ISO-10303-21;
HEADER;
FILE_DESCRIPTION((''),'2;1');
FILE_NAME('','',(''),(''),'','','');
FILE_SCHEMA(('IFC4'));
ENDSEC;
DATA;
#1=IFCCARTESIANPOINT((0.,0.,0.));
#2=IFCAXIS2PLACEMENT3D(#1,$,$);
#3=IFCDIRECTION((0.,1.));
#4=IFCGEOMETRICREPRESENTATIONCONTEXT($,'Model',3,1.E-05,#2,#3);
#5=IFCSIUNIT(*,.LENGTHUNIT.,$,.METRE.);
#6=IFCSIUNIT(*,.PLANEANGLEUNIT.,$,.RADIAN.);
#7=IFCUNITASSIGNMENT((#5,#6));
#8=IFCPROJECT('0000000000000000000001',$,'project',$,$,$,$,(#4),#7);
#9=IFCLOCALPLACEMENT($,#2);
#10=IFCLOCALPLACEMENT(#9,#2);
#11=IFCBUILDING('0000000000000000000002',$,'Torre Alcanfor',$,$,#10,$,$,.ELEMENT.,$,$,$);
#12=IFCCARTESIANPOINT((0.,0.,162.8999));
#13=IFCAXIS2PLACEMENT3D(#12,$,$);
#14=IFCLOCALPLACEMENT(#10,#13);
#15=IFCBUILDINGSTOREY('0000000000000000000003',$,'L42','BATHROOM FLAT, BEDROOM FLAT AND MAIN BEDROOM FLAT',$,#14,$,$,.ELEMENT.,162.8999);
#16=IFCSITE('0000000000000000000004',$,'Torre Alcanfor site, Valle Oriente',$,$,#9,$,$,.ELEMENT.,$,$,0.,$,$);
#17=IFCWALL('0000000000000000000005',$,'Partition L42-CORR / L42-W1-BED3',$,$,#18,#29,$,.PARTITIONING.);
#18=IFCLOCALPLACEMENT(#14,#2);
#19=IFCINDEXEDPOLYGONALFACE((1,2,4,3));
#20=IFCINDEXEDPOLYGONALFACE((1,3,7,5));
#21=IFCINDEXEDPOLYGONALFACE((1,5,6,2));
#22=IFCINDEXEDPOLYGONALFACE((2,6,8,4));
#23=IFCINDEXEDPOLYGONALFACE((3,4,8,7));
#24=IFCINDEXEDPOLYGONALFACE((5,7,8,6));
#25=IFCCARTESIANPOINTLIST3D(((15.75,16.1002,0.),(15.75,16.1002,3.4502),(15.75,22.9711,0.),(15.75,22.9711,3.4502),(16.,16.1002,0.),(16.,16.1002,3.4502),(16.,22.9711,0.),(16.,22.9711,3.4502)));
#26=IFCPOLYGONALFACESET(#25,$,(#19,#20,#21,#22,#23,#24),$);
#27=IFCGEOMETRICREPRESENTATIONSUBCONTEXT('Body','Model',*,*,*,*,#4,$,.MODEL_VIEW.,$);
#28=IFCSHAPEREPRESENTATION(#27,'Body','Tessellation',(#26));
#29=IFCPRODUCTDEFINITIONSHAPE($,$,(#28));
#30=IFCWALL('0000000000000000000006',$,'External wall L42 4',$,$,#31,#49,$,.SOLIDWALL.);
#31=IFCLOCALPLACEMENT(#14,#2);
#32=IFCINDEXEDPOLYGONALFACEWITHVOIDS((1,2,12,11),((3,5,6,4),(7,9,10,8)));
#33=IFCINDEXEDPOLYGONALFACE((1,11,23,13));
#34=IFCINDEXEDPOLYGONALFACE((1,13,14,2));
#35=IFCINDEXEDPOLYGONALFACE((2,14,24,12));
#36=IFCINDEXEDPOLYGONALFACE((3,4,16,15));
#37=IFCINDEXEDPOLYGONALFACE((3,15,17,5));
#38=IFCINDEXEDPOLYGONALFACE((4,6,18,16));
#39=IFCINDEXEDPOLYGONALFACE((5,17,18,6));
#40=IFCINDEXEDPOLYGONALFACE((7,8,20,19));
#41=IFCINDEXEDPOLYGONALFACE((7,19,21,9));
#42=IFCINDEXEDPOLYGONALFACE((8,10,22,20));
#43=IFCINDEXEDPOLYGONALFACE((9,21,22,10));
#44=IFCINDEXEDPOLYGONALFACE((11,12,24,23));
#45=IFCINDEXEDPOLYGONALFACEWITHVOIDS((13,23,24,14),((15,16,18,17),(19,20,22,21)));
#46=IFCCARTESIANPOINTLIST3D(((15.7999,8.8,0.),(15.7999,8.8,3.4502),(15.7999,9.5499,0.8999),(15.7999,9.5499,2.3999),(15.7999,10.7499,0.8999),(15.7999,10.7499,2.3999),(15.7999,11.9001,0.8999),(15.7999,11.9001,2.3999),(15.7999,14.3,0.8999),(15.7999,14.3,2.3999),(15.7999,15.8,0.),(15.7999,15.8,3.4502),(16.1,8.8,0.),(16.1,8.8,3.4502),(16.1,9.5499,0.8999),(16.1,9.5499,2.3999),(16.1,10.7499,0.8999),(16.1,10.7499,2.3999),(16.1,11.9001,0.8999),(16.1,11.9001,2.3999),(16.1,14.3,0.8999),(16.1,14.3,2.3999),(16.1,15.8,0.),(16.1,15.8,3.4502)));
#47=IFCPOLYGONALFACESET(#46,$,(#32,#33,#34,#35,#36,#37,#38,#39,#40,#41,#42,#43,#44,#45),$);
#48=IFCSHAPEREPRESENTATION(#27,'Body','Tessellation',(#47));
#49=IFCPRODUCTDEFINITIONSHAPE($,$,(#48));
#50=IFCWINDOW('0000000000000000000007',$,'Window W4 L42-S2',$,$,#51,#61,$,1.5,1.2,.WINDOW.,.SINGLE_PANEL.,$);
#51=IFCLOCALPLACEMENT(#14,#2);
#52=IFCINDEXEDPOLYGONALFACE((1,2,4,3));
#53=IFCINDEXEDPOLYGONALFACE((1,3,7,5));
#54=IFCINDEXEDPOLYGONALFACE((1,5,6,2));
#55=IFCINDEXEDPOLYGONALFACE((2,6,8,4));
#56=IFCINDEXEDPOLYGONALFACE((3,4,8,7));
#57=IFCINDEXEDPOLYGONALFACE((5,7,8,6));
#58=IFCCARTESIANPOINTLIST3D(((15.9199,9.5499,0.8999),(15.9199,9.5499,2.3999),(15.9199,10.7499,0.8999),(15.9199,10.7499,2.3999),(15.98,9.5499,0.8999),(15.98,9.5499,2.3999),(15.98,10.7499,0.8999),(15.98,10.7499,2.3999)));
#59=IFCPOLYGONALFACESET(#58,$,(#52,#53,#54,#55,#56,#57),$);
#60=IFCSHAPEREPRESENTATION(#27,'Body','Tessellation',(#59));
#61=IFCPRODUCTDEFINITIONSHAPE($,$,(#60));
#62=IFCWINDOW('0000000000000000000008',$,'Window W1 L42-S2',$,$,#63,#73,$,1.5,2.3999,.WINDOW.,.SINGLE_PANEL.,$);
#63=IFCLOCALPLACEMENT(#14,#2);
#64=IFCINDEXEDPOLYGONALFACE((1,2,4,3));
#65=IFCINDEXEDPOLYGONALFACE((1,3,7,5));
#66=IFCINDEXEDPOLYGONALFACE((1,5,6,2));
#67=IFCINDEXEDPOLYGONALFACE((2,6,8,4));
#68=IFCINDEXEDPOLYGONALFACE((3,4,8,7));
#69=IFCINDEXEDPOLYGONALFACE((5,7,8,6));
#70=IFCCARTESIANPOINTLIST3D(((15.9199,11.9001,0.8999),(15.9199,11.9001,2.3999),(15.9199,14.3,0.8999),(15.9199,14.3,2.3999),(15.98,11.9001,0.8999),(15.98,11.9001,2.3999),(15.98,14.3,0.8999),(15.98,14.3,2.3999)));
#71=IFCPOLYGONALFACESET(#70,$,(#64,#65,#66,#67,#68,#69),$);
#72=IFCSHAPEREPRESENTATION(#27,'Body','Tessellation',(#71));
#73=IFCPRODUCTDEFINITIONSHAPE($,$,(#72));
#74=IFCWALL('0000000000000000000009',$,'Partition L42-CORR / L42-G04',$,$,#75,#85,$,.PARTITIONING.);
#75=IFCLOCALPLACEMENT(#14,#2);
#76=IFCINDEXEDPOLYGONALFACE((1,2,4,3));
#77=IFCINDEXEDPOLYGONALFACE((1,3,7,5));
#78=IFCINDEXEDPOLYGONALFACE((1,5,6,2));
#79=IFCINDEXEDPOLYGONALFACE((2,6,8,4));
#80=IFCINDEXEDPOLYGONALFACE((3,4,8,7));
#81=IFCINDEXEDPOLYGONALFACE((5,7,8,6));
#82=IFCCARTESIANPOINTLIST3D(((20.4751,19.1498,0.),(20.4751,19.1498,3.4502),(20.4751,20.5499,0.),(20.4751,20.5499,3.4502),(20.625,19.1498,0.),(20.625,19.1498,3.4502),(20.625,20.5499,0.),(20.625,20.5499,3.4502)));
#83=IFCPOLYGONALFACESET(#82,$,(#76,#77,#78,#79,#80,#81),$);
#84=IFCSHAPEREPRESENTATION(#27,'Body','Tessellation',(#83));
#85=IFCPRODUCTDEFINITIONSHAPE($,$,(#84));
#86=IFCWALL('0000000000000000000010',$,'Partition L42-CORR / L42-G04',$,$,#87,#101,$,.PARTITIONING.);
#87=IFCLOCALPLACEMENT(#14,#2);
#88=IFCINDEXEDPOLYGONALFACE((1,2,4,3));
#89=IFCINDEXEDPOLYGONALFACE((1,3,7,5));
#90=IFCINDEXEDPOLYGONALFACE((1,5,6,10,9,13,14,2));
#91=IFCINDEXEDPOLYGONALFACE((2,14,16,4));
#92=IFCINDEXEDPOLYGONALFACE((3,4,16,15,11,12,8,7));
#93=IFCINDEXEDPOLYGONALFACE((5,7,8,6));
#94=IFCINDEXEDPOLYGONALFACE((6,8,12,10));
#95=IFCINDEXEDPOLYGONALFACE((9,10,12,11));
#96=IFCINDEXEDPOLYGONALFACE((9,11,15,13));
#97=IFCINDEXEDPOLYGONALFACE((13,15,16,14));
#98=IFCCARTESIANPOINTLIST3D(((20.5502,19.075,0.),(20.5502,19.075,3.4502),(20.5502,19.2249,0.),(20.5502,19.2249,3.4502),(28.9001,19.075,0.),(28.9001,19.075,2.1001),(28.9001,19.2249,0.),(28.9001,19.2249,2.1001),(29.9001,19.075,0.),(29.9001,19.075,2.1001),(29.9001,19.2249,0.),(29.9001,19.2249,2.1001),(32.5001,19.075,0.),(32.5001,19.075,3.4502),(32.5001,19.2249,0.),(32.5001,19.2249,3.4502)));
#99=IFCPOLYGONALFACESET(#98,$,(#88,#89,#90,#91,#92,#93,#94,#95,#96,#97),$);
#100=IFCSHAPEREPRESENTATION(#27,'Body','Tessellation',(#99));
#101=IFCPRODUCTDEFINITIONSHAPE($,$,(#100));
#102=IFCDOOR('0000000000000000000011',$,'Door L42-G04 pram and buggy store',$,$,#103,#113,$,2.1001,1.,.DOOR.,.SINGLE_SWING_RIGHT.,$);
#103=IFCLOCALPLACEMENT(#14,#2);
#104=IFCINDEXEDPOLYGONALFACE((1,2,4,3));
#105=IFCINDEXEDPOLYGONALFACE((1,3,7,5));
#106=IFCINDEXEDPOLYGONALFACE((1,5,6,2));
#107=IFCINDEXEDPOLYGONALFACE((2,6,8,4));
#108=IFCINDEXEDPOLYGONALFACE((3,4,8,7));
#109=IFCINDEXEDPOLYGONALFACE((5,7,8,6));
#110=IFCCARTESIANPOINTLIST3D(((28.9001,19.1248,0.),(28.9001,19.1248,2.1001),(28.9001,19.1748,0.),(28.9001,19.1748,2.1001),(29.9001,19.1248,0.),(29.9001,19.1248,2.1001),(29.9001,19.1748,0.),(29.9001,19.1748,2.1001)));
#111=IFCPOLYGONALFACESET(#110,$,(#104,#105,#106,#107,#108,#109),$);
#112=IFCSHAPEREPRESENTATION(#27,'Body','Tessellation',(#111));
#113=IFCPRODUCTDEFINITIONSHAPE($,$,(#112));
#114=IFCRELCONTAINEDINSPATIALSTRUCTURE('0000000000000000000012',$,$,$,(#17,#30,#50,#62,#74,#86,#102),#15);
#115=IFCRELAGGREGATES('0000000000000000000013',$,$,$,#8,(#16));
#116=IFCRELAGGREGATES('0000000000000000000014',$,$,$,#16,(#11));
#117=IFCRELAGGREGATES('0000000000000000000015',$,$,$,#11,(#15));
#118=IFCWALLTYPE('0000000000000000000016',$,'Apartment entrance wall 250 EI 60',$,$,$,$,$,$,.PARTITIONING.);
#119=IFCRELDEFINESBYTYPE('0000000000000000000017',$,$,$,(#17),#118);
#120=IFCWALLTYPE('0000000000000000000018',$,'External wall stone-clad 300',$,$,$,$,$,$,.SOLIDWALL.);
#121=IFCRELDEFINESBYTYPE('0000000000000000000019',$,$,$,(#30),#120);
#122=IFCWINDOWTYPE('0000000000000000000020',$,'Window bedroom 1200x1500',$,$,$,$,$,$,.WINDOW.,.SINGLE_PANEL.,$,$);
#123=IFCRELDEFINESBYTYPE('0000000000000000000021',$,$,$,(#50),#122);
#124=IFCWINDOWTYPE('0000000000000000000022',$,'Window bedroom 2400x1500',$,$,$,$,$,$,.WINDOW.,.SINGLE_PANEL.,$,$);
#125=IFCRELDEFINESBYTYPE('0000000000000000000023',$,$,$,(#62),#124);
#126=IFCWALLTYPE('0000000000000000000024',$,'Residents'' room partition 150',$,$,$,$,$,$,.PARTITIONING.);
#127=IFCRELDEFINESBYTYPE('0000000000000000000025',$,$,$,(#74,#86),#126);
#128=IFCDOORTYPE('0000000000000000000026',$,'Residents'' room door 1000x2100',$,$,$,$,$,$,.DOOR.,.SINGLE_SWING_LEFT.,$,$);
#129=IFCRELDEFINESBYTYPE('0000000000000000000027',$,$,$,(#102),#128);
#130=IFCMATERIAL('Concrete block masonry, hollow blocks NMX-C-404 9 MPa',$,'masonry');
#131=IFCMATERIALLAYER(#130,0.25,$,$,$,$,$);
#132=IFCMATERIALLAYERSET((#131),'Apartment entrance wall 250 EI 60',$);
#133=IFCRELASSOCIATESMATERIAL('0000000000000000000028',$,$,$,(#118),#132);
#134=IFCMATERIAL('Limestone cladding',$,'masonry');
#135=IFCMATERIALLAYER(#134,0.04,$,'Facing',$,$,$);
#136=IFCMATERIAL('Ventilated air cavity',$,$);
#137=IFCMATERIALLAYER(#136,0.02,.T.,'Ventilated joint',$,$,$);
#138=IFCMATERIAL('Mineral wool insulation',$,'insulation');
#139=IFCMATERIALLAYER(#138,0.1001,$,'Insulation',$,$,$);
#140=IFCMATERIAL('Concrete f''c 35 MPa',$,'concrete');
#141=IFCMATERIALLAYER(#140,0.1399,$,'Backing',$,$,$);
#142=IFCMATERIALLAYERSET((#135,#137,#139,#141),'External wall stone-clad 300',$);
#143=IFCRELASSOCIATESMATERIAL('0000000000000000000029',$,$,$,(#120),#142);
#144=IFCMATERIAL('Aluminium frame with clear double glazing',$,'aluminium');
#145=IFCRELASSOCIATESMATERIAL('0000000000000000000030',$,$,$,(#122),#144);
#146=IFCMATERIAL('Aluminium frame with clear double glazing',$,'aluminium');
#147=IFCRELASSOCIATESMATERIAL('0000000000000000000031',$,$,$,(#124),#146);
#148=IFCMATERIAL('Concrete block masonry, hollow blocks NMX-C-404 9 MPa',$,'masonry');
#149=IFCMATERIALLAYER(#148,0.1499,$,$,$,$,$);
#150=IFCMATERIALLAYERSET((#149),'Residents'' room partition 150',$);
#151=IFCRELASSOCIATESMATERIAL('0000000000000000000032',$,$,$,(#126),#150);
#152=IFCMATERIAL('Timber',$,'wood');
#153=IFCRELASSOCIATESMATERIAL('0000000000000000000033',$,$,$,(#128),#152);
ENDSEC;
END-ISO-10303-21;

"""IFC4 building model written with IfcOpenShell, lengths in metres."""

from ifc_helpers import new_model, si_unit, direction, frame, frame_2d, origin, place, context, subcontext, project, spatial, rectangle, extrude, material, layer, layer_set, type_object, element, fill, save


model = new_model("IFC4")

# Units and contexts
model_context = context("Model", 3, precision=1e-05, world=origin(), true_north=direction((0.0, 1.0)))
body_context = subcontext(model_context, "Body", "Model", "MODEL_VIEW")
ifc_project = project(units=[si_unit("LENGTHUNIT", "METRE"), si_unit("PLANEANGLEUNIT", "RADIAN")], contexts=[model_context])

# Site, building, storey
site_placement = place(None, origin())
site = spatial("IfcSite", under=ifc_project, at=site_placement, Name="Torre Alcanfor site, Valle Oriente", CompositionType="ELEMENT", RefElevation=0.0)
building_placement = place(site_placement, origin())
building = spatial("IfcBuilding", under=site, at=building_placement, Name="Torre Alcanfor", CompositionType="ELEMENT")
storey_placement = place(building_placement, frame((0.0, 0.0, 162.8999)))
storey = spatial("IfcBuildingStorey", under=building, at=storey_placement, Name="L42", Description="BATHROOM FLAT, BEDROOM FLAT AND MAIN BEDROOM FLAT", CompositionType="ELEMENT", Elevation=162.8999)

# Shared definitions
ifc_material_1 = material(Name="Concrete block masonry, hollow blocks NMX-C-404 9 MPa", Category="masonry")
ifc_layer_1 = layer(ifc_material_1, 0.25)
ifc_layer_set_1 = layer_set([ifc_layer_1], Name="Apartment entrance wall 250 EI 60")
wall_type_1 = type_object("IfcWallType", Name="Apartment entrance wall 250 EI 60", PredefinedType="PARTITIONING", material=ifc_layer_set_1)

# Wall
wall_1_placement = place(storey_placement, frame((15.875, 16.1001, 0.0), z_axis=(0.0, 0.0, 1.0), x_axis=(0.0, 1.0, 0.0)))
element("IfcWall", 1, at=wall_1_placement, inside=storey, type_object=wall_type_1, Name="Partition L42-CORR / L42-W1-BED3", PredefinedType="PARTITIONING", context=body_context, shape_type="SweptSolid", body=[
    extrude(rectangle(XDim=6.8708, YDim=0.25, at=frame_2d((3.4355, 0.0))), origin(), (0.0, 0.0, 1.0), 3.4502),
])

# Wall, openings, windows
ifc_material_2 = material(Name="Limestone cladding", Category="masonry")
ifc_layer_2 = layer(ifc_material_2, 0.04, Name="Facing")
ifc_material_3 = material(Name="Ventilated air cavity")
ifc_layer_3 = layer(ifc_material_3, 0.02, ventilated=True, Name="Ventilated joint")
ifc_material_4 = material(Name="Mineral wool insulation", Category="insulation")
ifc_layer_4 = layer(ifc_material_4, 0.1001, Name="Insulation")
ifc_material_5 = material(Name="Concrete f'c 35 MPa", Category="concrete")
ifc_layer_5 = layer(ifc_material_5, 0.1399, Name="Backing")
ifc_layer_set_2 = layer_set([ifc_layer_2, ifc_layer_3, ifc_layer_4, ifc_layer_5], Name="External wall stone-clad 300")
wall_type_2 = type_object("IfcWallType", Name="External wall stone-clad 300", PredefinedType="SOLIDWALL", material=ifc_layer_set_2)
wall_2_placement = place(storey_placement, frame((15.95, 15.8, 0.0), z_axis=(0.0, 0.0, 1.0), x_axis=(0.0, -1.0, 0.0)))
wall_2 = element("IfcWall", 2, at=wall_2_placement, inside=storey, type_object=wall_type_2, Name="External wall L42 4", PredefinedType="SOLIDWALL", context=body_context, shape_type="SweptSolid", body=[
    extrude(rectangle(XDim=7.0, YDim=0.3, at=frame_2d((3.5, 0.0))), origin(), (0.0, 0.0, 1.0), 3.4502),
])
opening_1_placement = place(wall_2_placement, frame((1.5, 0.0, 0.8999)))
opening_1 = element("IfcOpeningElement", 3, at=opening_1_placement, cuts=wall_2, PredefinedType="OPENING", context=body_context, shape_type="SweptSolid", body=[
    extrude(rectangle(XDim=2.3999, YDim=1.5, at=frame_2d((1.2, 0.75))), frame((0.0, 0.1599, 0.0), z_axis=(0.0, -1.0, 0.0), x_axis=(1.0, 0.0, 0.0)), (0.0, 0.0, 1.0), 0.3201),
])
opening_2_placement = place(wall_2_placement, frame((5.05, 0.0, 0.8999)))
opening_2 = element("IfcOpeningElement", 4, at=opening_2_placement, cuts=wall_2, PredefinedType="OPENING", context=body_context, shape_type="SweptSolid", body=[
    extrude(rectangle(XDim=1.2, YDim=1.5, at=frame_2d((0.6001, 0.75))), frame((0.0, 0.1599, 0.0), z_axis=(0.0, -1.0, 0.0), x_axis=(1.0, 0.0, 0.0)), (0.0, 0.0, 1.0), 0.3201),
])
ifc_material_6 = material(Name="Aluminium frame with clear double glazing", Category="aluminium")
window_type_1 = type_object("IfcWindowType", Name="Window bedroom 1200x1500", PartitioningType="SINGLE_PANEL", PredefinedType="WINDOW", material=ifc_material_6)
window_1_placement = place(opening_2_placement, origin())
window_1 = element("IfcWindow", 5, at=window_1_placement, inside=storey, type_object=window_type_1, Name="Window W4 L42-S2", OverallHeight=1.5, OverallWidth=1.2, PartitioningType="SINGLE_PANEL", PredefinedType="WINDOW", context=body_context, shape_type="SweptSolid", body=[
    extrude(rectangle(XDim=1.2, YDim=1.5, at=frame_2d((0.6001, 0.75))), frame((0.0, 0.03, 0.0), z_axis=(0.0, -1.0, 0.0), x_axis=(1.0, 0.0, 0.0)), (0.0, 0.0, 1.0), 0.0601),
])
fill(opening_2, window_1)
ifc_material_7 = material(Name="Aluminium frame with clear double glazing", Category="aluminium")
window_type_2 = type_object("IfcWindowType", Name="Window bedroom 2400x1500", PartitioningType="SINGLE_PANEL", PredefinedType="WINDOW", material=ifc_material_7)
window_2_placement = place(opening_1_placement, origin())
window_2 = element("IfcWindow", 6, at=window_2_placement, inside=storey, type_object=window_type_2, Name="Window W1 L42-S2", OverallHeight=1.5, OverallWidth=2.3999, PartitioningType="SINGLE_PANEL", PredefinedType="WINDOW", context=body_context, shape_type="SweptSolid", body=[
    extrude(rectangle(XDim=2.3999, YDim=1.5, at=frame_2d((1.2, 0.75))), frame((0.0, 0.03, 0.0), z_axis=(0.0, -1.0, 0.0), x_axis=(1.0, 0.0, 0.0)), (0.0, 0.0, 1.0), 0.0601),
])
fill(opening_1, window_2)

# Wall
ifc_material_8 = material(Name="Concrete block masonry, hollow blocks NMX-C-404 9 MPa", Category="masonry")
ifc_layer_6 = layer(ifc_material_8, 0.1499)
ifc_layer_set_3 = layer_set([ifc_layer_6], Name="Residents' room partition 150")
wall_type_3 = type_object("IfcWallType", Name="Residents' room partition 150", PredefinedType="PARTITIONING", material=ifc_layer_set_3)
wall_3_placement = place(storey_placement, frame((20.55, 20.55, 0.0), z_axis=(0.0, 0.0, 1.0), x_axis=(0.0, -1.0, 0.0)))
element("IfcWall", 7, at=wall_3_placement, inside=storey, type_object=wall_type_3, Name="Partition L42-CORR / L42-G04", PredefinedType="PARTITIONING", context=body_context, shape_type="SweptSolid", body=[
    extrude(rectangle(XDim=1.4001, YDim=0.1499, at=frame_2d((0.7002, 0.0))), origin(), (0.0, 0.0, 1.0), 3.4502),
])

# Wall, opening, door
wall_4_placement = place(storey_placement, frame((20.55, 19.1499, 0.0), z_axis=(0.0, 0.0, 1.0), x_axis=(1.0, 0.0, 0.0)))
wall_4 = element("IfcWall", 8, at=wall_4_placement, inside=storey, type_object=wall_type_3, Name="Partition L42-CORR / L42-G04", PredefinedType="PARTITIONING", context=body_context, shape_type="SweptSolid", body=[
    extrude(rectangle(XDim=11.95, YDim=0.1499, at=frame_2d((5.9751, 0.0))), origin(), (0.0, 0.0, 1.0), 3.4502),
])
opening_3_placement = place(wall_4_placement, frame((8.3501, 0.0, 0.0)))
opening_3 = element("IfcOpeningElement", 9, at=opening_3_placement, cuts=wall_4, PredefinedType="OPENING", context=body_context, shape_type="SweptSolid", body=[
    extrude(rectangle(XDim=1.0, YDim=2.1001, at=frame_2d((0.5, 1.05))), frame((0.0, 0.085, 0.0), z_axis=(0.0, -1.0, 0.0), x_axis=(1.0, 0.0, 0.0)), (0.0, 0.0, 1.0), 0.1699),
])
ifc_material_9 = material(Name="Timber", Category="wood")
door_type_1 = type_object("IfcDoorType", Name="Residents' room door 1000x2100", OperationType="SINGLE_SWING_LEFT", PredefinedType="DOOR", material=ifc_material_9)
door_1_placement = place(opening_3_placement, origin())
door_1 = element("IfcDoor", 10, at=door_1_placement, inside=storey, type_object=door_type_1, Name="Door L42-G04 pram and buggy store", OperationType="SINGLE_SWING_RIGHT", OverallHeight=2.1001, OverallWidth=1.0, PredefinedType="DOOR", context=body_context, shape_type="SweptSolid", body=[
    extrude(rectangle(XDim=1.0, YDim=2.1001, at=frame_2d((0.5, 1.05))), frame((0.0, 0.0249, 0.0), z_axis=(0.0, -1.0, 0.0), x_axis=(1.0, 0.0, 0.0)), (0.0, 0.0, 1.0), 0.05),
])
fill(opening_3, door_1)

save(model, "model.ifc")
